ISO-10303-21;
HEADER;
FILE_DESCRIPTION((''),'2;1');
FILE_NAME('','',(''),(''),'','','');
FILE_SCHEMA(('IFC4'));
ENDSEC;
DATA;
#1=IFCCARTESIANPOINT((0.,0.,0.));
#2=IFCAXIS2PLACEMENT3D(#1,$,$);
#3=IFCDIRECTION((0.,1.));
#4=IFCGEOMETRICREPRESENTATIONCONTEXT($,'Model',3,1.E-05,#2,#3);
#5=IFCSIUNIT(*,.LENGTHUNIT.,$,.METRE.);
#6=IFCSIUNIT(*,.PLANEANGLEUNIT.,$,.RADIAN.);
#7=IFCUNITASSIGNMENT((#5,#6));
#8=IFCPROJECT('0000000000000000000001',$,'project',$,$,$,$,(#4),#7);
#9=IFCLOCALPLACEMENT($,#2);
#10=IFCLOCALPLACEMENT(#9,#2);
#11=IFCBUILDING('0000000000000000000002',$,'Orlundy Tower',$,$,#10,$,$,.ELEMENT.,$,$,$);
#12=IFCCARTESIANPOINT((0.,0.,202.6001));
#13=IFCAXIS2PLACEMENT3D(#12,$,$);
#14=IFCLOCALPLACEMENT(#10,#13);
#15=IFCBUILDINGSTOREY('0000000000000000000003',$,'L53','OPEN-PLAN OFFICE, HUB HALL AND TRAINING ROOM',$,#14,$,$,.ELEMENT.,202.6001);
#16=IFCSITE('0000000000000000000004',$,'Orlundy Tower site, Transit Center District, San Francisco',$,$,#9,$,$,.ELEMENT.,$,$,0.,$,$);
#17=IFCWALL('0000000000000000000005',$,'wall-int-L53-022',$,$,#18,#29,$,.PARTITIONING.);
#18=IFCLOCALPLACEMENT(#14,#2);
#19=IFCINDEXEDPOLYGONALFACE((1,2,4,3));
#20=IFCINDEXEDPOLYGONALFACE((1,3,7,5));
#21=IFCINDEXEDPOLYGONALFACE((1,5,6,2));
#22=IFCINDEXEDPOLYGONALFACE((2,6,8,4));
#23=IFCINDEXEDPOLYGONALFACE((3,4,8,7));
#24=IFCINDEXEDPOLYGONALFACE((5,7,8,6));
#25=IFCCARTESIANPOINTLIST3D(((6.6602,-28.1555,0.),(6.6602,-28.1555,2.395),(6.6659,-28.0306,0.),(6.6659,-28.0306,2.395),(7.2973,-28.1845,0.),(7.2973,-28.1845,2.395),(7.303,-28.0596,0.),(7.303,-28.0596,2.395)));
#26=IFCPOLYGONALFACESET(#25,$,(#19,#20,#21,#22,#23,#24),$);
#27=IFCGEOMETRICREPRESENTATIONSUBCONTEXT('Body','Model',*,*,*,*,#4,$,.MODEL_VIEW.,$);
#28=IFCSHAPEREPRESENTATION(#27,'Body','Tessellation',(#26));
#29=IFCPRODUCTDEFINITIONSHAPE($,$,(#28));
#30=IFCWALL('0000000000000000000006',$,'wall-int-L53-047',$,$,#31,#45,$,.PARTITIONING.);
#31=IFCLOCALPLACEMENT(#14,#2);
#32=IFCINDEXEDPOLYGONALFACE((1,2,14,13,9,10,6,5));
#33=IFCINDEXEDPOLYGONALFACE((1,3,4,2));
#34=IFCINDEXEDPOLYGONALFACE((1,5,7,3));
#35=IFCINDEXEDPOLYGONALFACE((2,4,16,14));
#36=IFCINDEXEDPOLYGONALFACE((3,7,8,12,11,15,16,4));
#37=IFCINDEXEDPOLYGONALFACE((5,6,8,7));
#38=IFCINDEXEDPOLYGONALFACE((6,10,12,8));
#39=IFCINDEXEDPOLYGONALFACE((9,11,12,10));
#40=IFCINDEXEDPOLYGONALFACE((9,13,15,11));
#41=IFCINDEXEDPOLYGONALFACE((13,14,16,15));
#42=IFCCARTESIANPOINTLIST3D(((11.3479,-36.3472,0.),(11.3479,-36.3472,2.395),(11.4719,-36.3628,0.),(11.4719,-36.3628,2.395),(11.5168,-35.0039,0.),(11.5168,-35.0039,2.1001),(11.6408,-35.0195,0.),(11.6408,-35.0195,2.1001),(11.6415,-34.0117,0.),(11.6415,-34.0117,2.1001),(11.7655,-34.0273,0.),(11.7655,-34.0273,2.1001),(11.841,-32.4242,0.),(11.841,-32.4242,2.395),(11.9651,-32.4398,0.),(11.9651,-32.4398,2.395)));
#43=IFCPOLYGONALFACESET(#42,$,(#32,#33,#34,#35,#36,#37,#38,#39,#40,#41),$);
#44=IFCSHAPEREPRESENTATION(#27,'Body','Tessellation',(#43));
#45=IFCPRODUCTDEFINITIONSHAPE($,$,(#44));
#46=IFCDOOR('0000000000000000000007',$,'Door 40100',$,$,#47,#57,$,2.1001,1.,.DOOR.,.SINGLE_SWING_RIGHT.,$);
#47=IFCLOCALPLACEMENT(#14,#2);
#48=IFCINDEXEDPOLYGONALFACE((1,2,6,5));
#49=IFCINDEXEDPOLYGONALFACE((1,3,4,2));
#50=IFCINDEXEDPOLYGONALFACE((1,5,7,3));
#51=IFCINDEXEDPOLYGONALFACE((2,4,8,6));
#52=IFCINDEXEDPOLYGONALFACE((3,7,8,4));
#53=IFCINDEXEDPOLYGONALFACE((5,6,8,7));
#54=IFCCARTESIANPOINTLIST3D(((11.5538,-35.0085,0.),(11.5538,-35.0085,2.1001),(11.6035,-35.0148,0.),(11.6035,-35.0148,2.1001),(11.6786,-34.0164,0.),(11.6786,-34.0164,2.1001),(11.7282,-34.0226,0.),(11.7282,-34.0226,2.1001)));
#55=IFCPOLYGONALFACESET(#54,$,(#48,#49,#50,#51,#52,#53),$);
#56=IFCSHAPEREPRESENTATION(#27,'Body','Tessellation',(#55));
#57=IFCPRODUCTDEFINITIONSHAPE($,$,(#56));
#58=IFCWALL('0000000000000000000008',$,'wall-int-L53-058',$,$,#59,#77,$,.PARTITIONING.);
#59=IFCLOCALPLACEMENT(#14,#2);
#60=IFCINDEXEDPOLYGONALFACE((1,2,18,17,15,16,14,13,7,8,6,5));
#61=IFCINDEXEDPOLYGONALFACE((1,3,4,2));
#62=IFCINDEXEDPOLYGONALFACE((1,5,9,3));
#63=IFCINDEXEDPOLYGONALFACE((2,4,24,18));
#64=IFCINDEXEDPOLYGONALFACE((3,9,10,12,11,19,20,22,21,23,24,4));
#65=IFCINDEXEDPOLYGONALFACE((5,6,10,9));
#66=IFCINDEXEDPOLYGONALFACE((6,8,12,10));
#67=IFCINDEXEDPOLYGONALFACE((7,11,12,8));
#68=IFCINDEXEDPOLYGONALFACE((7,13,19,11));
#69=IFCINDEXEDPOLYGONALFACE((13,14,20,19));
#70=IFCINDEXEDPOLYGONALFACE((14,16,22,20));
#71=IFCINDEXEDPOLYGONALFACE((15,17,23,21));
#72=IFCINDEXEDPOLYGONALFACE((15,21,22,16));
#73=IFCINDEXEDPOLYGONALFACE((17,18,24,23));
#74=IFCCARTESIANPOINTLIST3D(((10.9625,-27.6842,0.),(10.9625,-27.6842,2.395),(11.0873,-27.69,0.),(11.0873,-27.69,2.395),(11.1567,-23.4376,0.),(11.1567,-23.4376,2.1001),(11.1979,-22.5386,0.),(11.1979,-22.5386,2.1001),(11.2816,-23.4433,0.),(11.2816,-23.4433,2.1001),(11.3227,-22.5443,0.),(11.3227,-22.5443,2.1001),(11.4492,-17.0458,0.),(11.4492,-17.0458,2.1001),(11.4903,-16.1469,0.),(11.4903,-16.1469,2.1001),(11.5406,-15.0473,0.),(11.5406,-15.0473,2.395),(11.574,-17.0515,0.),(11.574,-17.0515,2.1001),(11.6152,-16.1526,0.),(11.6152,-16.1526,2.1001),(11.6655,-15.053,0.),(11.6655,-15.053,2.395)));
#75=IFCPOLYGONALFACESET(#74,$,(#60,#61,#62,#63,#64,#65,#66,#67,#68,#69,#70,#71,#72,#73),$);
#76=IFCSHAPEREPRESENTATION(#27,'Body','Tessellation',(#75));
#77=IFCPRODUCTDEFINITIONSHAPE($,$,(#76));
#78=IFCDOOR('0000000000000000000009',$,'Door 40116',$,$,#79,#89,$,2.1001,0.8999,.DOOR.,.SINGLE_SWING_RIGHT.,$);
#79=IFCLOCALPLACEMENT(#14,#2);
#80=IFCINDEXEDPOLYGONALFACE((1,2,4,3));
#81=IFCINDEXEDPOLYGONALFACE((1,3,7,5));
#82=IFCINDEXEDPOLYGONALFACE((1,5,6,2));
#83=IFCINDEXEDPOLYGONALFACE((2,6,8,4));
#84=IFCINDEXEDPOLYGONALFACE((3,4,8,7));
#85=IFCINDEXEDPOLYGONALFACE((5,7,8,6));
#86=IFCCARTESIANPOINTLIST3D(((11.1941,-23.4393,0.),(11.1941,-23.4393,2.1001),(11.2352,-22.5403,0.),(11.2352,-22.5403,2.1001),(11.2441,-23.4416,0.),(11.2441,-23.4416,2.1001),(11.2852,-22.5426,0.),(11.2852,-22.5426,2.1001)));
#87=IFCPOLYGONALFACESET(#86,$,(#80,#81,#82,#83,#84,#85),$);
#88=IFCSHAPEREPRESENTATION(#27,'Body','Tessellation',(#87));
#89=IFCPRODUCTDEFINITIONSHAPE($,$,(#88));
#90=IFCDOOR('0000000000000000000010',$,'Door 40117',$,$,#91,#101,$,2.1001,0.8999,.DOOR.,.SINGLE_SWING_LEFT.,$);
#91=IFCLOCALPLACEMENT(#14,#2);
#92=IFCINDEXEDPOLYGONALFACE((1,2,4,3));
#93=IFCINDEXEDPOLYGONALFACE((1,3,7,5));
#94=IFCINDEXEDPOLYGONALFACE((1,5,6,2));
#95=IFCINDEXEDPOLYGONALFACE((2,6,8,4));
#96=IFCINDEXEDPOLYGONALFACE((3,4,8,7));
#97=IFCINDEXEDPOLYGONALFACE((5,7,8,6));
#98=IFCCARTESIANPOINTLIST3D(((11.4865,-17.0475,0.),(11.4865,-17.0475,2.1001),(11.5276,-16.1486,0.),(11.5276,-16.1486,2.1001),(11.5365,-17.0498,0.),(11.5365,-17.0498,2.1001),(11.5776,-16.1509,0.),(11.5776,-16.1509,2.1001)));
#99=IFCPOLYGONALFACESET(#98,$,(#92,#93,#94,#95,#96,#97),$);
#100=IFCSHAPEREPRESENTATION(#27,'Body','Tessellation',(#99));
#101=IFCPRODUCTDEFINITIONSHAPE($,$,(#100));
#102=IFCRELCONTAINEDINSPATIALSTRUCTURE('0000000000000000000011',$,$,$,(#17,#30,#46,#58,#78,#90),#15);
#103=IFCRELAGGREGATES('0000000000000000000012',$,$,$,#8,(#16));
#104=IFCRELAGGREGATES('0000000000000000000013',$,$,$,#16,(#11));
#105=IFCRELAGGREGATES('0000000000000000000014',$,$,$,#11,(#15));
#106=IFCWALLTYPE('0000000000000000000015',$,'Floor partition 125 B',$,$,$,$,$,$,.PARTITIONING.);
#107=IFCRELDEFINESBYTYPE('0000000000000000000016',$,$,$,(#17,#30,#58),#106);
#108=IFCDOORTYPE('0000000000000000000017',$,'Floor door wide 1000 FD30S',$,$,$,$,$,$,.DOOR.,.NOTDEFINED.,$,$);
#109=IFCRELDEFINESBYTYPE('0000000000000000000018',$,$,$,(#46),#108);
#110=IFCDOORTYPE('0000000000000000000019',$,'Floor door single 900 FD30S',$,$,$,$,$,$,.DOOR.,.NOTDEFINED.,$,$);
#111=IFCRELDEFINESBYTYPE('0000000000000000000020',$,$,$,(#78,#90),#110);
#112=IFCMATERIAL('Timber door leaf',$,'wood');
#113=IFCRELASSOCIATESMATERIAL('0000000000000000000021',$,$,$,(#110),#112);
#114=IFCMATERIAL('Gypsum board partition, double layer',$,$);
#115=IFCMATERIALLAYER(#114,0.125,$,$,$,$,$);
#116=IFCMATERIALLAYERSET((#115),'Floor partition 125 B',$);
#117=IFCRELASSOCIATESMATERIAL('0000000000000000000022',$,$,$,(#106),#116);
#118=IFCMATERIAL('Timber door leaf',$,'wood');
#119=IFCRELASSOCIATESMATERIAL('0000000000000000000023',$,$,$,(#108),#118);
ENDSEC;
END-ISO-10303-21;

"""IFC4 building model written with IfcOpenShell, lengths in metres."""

from ifc_helpers import new_model, si_unit, direction, frame, frame_2d, origin, place, context, subcontext, project, spatial, rectangle, extrude, material, layer, layer_set, type_object, element, fill, save


model = new_model("IFC4")

# Units and contexts
model_context = context("Model", 3, precision=1e-05, world=origin(), true_north=direction((0.0, 1.0)))
body_context = subcontext(model_context, "Body", "Model", "MODEL_VIEW")
ifc_project = project(units=[si_unit("LENGTHUNIT", "METRE"), si_unit("PLANEANGLEUNIT", "RADIAN")], contexts=[model_context])

# Site, building, storey
site_placement = place(None, origin())
site = spatial("IfcSite", under=ifc_project, at=site_placement, Name="Orlundy Tower site, Transit Center District, San Francisco", CompositionType="ELEMENT", RefElevation=0.0)
building_placement = place(site_placement, origin())
building = spatial("IfcBuilding", under=site, at=building_placement, Name="Orlundy Tower", CompositionType="ELEMENT")
storey_placement = place(building_placement, frame((0.0, 0.0, 202.6001)))
storey = spatial("IfcBuildingStorey", under=building, at=storey_placement, Name="L53", Description="OPEN-PLAN OFFICE, HUB HALL AND TRAINING ROOM", CompositionType="ELEMENT", Elevation=202.6001)

# Shared definitions
ifc_material_1 = material(Name="Timber door leaf", Category="wood")
door_type_1 = type_object("IfcDoorType", Name="Floor door single 900 FD30S", OperationType="NOTDEFINED", PredefinedType="DOOR", material=ifc_material_1)

# Wall
ifc_material_2 = material(Name="Gypsum board partition, double layer")
ifc_layer_1 = layer(ifc_material_2, 0.125)
ifc_layer_set_1 = layer_set([ifc_layer_1], Name="Floor partition 125 B")
wall_type_1 = type_object("IfcWallType", Name="Floor partition 125 B", PredefinedType="PARTITIONING", material=ifc_layer_set_1)
wall_1_placement = place(storey_placement, frame((6.6631, -28.093, 0.0), z_axis=(0.0, 0.0, 1.0), x_axis=(0.998961, -0.045564, 0.0)))
element("IfcWall", 1, at=wall_1_placement, inside=storey, type_object=wall_type_1, Name="wall-int-L53-022", PredefinedType="PARTITIONING", context=body_context, shape_type="SweptSolid", body=[
    extrude(rectangle(XDim=0.6377, YDim=0.125, at=frame_2d((0.3188, 0.0))), origin(), (0.0, 0.0, 1.0), 2.395),
])

# Wall, opening, door
wall_2_placement = place(storey_placement, frame((11.9031, -32.4319, 0.0), z_axis=(0.0, 0.0, 1.0), x_axis=(-0.124726, -0.992191, 0.0)))
wall_2 = element("IfcWall", 2, at=wall_2_placement, inside=storey, type_object=wall_type_1, Name="wall-int-L53-047", PredefinedType="PARTITIONING", context=body_context, shape_type="SweptSolid", body=[
    extrude(rectangle(XDim=3.9539, YDim=0.125, at=frame_2d((1.9771, 0.0))), origin(), (0.0, 0.0, 1.0), 2.395),
])
opening_1_placement = place(wall_2_placement, frame((1.6001, 0.0, 0.0)))
opening_1 = element("IfcOpeningElement", 3, at=opening_1_placement, cuts=wall_2, PredefinedType="OPENING", context=body_context, shape_type="SweptSolid", body=[
    extrude(rectangle(XDim=1.0, YDim=2.1001, at=frame_2d((0.5, 1.05))), frame((0.0, 0.0725, 0.0), z_axis=(0.0, -1.0, 0.0), x_axis=(1.0, 0.0, 0.0)), (0.0, 0.0, 1.0), 0.145),
])
ifc_material_3 = material(Name="Timber door leaf", Category="wood")
door_type_2 = type_object("IfcDoorType", Name="Floor door wide 1000 FD30S", OperationType="NOTDEFINED", PredefinedType="DOOR", material=ifc_material_3)
door_1_placement = place(opening_1_placement, origin())
door_1 = element("IfcDoor", 4, at=door_1_placement, inside=storey, type_object=door_type_2, Name="Door 40100", OperationType="SINGLE_SWING_RIGHT", OverallHeight=2.1001, OverallWidth=1.0, PredefinedType="DOOR", context=body_context, shape_type="SweptSolid", body=[
    extrude(rectangle(XDim=1.0, YDim=2.1001, at=frame_2d((0.5, 1.05))), frame((0.0, 0.0249, 0.0), z_axis=(0.0, -1.0, 0.0), x_axis=(1.0, 0.0, 0.0)), (0.0, 0.0, 1.0), 0.05),
])
fill(opening_1, door_1)

# Wall, openings, doors
wall_3_placement = place(storey_placement, frame((11.603, -15.05, 0.0), z_axis=(0.0, 0.0, 1.0), x_axis=(-0.045701, -0.998955, 0.0)))
wall_3 = element("IfcWall", 5, at=wall_3_placement, inside=storey, type_object=wall_type_1, Name="wall-int-L53-058", PredefinedType="PARTITIONING", context=body_context, shape_type="SweptSolid", body=[
    extrude(rectangle(XDim=12.6501, YDim=0.125, at=frame_2d((6.3252, 0.0))), origin(), (0.0, 0.0, 1.0), 2.395),
])
opening_2_placement = place(wall_3_placement, frame((7.4993, 0.0, 0.0)))
opening_2 = element("IfcOpeningElement", 6, at=opening_2_placement, cuts=wall_3, PredefinedType="OPENING", context=body_context, shape_type="SweptSolid", body=[
    extrude(rectangle(XDim=0.8999, YDim=2.1001, at=frame_2d((0.45, 1.05))), frame((0.0, 0.0725, 0.0), z_axis=(0.0, -1.0, 0.0), x_axis=(1.0, 0.0, 0.0)), (0.0, 0.0, 1.0), 0.145),
])
opening_3_placement = place(wall_3_placement, frame((1.1008, 0.0, 0.0)))
opening_3 = element("IfcOpeningElement", 7, at=opening_3_placement, cuts=wall_3, PredefinedType="OPENING", context=body_context, shape_type="SweptSolid", body=[
    extrude(rectangle(XDim=0.8999, YDim=2.1001, at=frame_2d((0.45, 1.05))), frame((0.0, 0.0725, 0.0), z_axis=(0.0, -1.0, 0.0), x_axis=(1.0, 0.0, 0.0)), (0.0, 0.0, 1.0), 0.145),
])
door_2_placement = place(opening_2_placement, origin())
door_2 = element("IfcDoor", 8, at=door_2_placement, inside=storey, type_object=door_type_1, Name="Door 40116", OperationType="SINGLE_SWING_RIGHT", OverallHeight=2.1001, OverallWidth=0.8999, PredefinedType="DOOR", context=body_context, shape_type="SweptSolid", body=[
    extrude(rectangle(XDim=0.8999, YDim=2.1001, at=frame_2d((0.45, 1.05))), frame((0.0, 0.0249, 0.0), z_axis=(0.0, -1.0, 0.0), x_axis=(1.0, 0.0, 0.0)), (0.0, 0.0, 1.0), 0.05),
])
fill(opening_2, door_2)
door_3_placement = place(opening_3_placement, origin())
door_3 = element("IfcDoor", 9, at=door_3_placement, inside=storey, type_object=door_type_1, Name="Door 40117", OperationType="SINGLE_SWING_LEFT", OverallHeight=2.1001, OverallWidth=0.8999, PredefinedType="DOOR", context=body_context, shape_type="SweptSolid", body=[
    extrude(rectangle(XDim=0.8999, YDim=2.1001, at=frame_2d((0.45, 1.05))), frame((0.0, 0.0249, 0.0), z_axis=(0.0, -1.0, 0.0), x_axis=(1.0, 0.0, 0.0)), (0.0, 0.0, 1.0), 0.05),
])
fill(opening_3, door_3)

save(model, "model.ifc")
